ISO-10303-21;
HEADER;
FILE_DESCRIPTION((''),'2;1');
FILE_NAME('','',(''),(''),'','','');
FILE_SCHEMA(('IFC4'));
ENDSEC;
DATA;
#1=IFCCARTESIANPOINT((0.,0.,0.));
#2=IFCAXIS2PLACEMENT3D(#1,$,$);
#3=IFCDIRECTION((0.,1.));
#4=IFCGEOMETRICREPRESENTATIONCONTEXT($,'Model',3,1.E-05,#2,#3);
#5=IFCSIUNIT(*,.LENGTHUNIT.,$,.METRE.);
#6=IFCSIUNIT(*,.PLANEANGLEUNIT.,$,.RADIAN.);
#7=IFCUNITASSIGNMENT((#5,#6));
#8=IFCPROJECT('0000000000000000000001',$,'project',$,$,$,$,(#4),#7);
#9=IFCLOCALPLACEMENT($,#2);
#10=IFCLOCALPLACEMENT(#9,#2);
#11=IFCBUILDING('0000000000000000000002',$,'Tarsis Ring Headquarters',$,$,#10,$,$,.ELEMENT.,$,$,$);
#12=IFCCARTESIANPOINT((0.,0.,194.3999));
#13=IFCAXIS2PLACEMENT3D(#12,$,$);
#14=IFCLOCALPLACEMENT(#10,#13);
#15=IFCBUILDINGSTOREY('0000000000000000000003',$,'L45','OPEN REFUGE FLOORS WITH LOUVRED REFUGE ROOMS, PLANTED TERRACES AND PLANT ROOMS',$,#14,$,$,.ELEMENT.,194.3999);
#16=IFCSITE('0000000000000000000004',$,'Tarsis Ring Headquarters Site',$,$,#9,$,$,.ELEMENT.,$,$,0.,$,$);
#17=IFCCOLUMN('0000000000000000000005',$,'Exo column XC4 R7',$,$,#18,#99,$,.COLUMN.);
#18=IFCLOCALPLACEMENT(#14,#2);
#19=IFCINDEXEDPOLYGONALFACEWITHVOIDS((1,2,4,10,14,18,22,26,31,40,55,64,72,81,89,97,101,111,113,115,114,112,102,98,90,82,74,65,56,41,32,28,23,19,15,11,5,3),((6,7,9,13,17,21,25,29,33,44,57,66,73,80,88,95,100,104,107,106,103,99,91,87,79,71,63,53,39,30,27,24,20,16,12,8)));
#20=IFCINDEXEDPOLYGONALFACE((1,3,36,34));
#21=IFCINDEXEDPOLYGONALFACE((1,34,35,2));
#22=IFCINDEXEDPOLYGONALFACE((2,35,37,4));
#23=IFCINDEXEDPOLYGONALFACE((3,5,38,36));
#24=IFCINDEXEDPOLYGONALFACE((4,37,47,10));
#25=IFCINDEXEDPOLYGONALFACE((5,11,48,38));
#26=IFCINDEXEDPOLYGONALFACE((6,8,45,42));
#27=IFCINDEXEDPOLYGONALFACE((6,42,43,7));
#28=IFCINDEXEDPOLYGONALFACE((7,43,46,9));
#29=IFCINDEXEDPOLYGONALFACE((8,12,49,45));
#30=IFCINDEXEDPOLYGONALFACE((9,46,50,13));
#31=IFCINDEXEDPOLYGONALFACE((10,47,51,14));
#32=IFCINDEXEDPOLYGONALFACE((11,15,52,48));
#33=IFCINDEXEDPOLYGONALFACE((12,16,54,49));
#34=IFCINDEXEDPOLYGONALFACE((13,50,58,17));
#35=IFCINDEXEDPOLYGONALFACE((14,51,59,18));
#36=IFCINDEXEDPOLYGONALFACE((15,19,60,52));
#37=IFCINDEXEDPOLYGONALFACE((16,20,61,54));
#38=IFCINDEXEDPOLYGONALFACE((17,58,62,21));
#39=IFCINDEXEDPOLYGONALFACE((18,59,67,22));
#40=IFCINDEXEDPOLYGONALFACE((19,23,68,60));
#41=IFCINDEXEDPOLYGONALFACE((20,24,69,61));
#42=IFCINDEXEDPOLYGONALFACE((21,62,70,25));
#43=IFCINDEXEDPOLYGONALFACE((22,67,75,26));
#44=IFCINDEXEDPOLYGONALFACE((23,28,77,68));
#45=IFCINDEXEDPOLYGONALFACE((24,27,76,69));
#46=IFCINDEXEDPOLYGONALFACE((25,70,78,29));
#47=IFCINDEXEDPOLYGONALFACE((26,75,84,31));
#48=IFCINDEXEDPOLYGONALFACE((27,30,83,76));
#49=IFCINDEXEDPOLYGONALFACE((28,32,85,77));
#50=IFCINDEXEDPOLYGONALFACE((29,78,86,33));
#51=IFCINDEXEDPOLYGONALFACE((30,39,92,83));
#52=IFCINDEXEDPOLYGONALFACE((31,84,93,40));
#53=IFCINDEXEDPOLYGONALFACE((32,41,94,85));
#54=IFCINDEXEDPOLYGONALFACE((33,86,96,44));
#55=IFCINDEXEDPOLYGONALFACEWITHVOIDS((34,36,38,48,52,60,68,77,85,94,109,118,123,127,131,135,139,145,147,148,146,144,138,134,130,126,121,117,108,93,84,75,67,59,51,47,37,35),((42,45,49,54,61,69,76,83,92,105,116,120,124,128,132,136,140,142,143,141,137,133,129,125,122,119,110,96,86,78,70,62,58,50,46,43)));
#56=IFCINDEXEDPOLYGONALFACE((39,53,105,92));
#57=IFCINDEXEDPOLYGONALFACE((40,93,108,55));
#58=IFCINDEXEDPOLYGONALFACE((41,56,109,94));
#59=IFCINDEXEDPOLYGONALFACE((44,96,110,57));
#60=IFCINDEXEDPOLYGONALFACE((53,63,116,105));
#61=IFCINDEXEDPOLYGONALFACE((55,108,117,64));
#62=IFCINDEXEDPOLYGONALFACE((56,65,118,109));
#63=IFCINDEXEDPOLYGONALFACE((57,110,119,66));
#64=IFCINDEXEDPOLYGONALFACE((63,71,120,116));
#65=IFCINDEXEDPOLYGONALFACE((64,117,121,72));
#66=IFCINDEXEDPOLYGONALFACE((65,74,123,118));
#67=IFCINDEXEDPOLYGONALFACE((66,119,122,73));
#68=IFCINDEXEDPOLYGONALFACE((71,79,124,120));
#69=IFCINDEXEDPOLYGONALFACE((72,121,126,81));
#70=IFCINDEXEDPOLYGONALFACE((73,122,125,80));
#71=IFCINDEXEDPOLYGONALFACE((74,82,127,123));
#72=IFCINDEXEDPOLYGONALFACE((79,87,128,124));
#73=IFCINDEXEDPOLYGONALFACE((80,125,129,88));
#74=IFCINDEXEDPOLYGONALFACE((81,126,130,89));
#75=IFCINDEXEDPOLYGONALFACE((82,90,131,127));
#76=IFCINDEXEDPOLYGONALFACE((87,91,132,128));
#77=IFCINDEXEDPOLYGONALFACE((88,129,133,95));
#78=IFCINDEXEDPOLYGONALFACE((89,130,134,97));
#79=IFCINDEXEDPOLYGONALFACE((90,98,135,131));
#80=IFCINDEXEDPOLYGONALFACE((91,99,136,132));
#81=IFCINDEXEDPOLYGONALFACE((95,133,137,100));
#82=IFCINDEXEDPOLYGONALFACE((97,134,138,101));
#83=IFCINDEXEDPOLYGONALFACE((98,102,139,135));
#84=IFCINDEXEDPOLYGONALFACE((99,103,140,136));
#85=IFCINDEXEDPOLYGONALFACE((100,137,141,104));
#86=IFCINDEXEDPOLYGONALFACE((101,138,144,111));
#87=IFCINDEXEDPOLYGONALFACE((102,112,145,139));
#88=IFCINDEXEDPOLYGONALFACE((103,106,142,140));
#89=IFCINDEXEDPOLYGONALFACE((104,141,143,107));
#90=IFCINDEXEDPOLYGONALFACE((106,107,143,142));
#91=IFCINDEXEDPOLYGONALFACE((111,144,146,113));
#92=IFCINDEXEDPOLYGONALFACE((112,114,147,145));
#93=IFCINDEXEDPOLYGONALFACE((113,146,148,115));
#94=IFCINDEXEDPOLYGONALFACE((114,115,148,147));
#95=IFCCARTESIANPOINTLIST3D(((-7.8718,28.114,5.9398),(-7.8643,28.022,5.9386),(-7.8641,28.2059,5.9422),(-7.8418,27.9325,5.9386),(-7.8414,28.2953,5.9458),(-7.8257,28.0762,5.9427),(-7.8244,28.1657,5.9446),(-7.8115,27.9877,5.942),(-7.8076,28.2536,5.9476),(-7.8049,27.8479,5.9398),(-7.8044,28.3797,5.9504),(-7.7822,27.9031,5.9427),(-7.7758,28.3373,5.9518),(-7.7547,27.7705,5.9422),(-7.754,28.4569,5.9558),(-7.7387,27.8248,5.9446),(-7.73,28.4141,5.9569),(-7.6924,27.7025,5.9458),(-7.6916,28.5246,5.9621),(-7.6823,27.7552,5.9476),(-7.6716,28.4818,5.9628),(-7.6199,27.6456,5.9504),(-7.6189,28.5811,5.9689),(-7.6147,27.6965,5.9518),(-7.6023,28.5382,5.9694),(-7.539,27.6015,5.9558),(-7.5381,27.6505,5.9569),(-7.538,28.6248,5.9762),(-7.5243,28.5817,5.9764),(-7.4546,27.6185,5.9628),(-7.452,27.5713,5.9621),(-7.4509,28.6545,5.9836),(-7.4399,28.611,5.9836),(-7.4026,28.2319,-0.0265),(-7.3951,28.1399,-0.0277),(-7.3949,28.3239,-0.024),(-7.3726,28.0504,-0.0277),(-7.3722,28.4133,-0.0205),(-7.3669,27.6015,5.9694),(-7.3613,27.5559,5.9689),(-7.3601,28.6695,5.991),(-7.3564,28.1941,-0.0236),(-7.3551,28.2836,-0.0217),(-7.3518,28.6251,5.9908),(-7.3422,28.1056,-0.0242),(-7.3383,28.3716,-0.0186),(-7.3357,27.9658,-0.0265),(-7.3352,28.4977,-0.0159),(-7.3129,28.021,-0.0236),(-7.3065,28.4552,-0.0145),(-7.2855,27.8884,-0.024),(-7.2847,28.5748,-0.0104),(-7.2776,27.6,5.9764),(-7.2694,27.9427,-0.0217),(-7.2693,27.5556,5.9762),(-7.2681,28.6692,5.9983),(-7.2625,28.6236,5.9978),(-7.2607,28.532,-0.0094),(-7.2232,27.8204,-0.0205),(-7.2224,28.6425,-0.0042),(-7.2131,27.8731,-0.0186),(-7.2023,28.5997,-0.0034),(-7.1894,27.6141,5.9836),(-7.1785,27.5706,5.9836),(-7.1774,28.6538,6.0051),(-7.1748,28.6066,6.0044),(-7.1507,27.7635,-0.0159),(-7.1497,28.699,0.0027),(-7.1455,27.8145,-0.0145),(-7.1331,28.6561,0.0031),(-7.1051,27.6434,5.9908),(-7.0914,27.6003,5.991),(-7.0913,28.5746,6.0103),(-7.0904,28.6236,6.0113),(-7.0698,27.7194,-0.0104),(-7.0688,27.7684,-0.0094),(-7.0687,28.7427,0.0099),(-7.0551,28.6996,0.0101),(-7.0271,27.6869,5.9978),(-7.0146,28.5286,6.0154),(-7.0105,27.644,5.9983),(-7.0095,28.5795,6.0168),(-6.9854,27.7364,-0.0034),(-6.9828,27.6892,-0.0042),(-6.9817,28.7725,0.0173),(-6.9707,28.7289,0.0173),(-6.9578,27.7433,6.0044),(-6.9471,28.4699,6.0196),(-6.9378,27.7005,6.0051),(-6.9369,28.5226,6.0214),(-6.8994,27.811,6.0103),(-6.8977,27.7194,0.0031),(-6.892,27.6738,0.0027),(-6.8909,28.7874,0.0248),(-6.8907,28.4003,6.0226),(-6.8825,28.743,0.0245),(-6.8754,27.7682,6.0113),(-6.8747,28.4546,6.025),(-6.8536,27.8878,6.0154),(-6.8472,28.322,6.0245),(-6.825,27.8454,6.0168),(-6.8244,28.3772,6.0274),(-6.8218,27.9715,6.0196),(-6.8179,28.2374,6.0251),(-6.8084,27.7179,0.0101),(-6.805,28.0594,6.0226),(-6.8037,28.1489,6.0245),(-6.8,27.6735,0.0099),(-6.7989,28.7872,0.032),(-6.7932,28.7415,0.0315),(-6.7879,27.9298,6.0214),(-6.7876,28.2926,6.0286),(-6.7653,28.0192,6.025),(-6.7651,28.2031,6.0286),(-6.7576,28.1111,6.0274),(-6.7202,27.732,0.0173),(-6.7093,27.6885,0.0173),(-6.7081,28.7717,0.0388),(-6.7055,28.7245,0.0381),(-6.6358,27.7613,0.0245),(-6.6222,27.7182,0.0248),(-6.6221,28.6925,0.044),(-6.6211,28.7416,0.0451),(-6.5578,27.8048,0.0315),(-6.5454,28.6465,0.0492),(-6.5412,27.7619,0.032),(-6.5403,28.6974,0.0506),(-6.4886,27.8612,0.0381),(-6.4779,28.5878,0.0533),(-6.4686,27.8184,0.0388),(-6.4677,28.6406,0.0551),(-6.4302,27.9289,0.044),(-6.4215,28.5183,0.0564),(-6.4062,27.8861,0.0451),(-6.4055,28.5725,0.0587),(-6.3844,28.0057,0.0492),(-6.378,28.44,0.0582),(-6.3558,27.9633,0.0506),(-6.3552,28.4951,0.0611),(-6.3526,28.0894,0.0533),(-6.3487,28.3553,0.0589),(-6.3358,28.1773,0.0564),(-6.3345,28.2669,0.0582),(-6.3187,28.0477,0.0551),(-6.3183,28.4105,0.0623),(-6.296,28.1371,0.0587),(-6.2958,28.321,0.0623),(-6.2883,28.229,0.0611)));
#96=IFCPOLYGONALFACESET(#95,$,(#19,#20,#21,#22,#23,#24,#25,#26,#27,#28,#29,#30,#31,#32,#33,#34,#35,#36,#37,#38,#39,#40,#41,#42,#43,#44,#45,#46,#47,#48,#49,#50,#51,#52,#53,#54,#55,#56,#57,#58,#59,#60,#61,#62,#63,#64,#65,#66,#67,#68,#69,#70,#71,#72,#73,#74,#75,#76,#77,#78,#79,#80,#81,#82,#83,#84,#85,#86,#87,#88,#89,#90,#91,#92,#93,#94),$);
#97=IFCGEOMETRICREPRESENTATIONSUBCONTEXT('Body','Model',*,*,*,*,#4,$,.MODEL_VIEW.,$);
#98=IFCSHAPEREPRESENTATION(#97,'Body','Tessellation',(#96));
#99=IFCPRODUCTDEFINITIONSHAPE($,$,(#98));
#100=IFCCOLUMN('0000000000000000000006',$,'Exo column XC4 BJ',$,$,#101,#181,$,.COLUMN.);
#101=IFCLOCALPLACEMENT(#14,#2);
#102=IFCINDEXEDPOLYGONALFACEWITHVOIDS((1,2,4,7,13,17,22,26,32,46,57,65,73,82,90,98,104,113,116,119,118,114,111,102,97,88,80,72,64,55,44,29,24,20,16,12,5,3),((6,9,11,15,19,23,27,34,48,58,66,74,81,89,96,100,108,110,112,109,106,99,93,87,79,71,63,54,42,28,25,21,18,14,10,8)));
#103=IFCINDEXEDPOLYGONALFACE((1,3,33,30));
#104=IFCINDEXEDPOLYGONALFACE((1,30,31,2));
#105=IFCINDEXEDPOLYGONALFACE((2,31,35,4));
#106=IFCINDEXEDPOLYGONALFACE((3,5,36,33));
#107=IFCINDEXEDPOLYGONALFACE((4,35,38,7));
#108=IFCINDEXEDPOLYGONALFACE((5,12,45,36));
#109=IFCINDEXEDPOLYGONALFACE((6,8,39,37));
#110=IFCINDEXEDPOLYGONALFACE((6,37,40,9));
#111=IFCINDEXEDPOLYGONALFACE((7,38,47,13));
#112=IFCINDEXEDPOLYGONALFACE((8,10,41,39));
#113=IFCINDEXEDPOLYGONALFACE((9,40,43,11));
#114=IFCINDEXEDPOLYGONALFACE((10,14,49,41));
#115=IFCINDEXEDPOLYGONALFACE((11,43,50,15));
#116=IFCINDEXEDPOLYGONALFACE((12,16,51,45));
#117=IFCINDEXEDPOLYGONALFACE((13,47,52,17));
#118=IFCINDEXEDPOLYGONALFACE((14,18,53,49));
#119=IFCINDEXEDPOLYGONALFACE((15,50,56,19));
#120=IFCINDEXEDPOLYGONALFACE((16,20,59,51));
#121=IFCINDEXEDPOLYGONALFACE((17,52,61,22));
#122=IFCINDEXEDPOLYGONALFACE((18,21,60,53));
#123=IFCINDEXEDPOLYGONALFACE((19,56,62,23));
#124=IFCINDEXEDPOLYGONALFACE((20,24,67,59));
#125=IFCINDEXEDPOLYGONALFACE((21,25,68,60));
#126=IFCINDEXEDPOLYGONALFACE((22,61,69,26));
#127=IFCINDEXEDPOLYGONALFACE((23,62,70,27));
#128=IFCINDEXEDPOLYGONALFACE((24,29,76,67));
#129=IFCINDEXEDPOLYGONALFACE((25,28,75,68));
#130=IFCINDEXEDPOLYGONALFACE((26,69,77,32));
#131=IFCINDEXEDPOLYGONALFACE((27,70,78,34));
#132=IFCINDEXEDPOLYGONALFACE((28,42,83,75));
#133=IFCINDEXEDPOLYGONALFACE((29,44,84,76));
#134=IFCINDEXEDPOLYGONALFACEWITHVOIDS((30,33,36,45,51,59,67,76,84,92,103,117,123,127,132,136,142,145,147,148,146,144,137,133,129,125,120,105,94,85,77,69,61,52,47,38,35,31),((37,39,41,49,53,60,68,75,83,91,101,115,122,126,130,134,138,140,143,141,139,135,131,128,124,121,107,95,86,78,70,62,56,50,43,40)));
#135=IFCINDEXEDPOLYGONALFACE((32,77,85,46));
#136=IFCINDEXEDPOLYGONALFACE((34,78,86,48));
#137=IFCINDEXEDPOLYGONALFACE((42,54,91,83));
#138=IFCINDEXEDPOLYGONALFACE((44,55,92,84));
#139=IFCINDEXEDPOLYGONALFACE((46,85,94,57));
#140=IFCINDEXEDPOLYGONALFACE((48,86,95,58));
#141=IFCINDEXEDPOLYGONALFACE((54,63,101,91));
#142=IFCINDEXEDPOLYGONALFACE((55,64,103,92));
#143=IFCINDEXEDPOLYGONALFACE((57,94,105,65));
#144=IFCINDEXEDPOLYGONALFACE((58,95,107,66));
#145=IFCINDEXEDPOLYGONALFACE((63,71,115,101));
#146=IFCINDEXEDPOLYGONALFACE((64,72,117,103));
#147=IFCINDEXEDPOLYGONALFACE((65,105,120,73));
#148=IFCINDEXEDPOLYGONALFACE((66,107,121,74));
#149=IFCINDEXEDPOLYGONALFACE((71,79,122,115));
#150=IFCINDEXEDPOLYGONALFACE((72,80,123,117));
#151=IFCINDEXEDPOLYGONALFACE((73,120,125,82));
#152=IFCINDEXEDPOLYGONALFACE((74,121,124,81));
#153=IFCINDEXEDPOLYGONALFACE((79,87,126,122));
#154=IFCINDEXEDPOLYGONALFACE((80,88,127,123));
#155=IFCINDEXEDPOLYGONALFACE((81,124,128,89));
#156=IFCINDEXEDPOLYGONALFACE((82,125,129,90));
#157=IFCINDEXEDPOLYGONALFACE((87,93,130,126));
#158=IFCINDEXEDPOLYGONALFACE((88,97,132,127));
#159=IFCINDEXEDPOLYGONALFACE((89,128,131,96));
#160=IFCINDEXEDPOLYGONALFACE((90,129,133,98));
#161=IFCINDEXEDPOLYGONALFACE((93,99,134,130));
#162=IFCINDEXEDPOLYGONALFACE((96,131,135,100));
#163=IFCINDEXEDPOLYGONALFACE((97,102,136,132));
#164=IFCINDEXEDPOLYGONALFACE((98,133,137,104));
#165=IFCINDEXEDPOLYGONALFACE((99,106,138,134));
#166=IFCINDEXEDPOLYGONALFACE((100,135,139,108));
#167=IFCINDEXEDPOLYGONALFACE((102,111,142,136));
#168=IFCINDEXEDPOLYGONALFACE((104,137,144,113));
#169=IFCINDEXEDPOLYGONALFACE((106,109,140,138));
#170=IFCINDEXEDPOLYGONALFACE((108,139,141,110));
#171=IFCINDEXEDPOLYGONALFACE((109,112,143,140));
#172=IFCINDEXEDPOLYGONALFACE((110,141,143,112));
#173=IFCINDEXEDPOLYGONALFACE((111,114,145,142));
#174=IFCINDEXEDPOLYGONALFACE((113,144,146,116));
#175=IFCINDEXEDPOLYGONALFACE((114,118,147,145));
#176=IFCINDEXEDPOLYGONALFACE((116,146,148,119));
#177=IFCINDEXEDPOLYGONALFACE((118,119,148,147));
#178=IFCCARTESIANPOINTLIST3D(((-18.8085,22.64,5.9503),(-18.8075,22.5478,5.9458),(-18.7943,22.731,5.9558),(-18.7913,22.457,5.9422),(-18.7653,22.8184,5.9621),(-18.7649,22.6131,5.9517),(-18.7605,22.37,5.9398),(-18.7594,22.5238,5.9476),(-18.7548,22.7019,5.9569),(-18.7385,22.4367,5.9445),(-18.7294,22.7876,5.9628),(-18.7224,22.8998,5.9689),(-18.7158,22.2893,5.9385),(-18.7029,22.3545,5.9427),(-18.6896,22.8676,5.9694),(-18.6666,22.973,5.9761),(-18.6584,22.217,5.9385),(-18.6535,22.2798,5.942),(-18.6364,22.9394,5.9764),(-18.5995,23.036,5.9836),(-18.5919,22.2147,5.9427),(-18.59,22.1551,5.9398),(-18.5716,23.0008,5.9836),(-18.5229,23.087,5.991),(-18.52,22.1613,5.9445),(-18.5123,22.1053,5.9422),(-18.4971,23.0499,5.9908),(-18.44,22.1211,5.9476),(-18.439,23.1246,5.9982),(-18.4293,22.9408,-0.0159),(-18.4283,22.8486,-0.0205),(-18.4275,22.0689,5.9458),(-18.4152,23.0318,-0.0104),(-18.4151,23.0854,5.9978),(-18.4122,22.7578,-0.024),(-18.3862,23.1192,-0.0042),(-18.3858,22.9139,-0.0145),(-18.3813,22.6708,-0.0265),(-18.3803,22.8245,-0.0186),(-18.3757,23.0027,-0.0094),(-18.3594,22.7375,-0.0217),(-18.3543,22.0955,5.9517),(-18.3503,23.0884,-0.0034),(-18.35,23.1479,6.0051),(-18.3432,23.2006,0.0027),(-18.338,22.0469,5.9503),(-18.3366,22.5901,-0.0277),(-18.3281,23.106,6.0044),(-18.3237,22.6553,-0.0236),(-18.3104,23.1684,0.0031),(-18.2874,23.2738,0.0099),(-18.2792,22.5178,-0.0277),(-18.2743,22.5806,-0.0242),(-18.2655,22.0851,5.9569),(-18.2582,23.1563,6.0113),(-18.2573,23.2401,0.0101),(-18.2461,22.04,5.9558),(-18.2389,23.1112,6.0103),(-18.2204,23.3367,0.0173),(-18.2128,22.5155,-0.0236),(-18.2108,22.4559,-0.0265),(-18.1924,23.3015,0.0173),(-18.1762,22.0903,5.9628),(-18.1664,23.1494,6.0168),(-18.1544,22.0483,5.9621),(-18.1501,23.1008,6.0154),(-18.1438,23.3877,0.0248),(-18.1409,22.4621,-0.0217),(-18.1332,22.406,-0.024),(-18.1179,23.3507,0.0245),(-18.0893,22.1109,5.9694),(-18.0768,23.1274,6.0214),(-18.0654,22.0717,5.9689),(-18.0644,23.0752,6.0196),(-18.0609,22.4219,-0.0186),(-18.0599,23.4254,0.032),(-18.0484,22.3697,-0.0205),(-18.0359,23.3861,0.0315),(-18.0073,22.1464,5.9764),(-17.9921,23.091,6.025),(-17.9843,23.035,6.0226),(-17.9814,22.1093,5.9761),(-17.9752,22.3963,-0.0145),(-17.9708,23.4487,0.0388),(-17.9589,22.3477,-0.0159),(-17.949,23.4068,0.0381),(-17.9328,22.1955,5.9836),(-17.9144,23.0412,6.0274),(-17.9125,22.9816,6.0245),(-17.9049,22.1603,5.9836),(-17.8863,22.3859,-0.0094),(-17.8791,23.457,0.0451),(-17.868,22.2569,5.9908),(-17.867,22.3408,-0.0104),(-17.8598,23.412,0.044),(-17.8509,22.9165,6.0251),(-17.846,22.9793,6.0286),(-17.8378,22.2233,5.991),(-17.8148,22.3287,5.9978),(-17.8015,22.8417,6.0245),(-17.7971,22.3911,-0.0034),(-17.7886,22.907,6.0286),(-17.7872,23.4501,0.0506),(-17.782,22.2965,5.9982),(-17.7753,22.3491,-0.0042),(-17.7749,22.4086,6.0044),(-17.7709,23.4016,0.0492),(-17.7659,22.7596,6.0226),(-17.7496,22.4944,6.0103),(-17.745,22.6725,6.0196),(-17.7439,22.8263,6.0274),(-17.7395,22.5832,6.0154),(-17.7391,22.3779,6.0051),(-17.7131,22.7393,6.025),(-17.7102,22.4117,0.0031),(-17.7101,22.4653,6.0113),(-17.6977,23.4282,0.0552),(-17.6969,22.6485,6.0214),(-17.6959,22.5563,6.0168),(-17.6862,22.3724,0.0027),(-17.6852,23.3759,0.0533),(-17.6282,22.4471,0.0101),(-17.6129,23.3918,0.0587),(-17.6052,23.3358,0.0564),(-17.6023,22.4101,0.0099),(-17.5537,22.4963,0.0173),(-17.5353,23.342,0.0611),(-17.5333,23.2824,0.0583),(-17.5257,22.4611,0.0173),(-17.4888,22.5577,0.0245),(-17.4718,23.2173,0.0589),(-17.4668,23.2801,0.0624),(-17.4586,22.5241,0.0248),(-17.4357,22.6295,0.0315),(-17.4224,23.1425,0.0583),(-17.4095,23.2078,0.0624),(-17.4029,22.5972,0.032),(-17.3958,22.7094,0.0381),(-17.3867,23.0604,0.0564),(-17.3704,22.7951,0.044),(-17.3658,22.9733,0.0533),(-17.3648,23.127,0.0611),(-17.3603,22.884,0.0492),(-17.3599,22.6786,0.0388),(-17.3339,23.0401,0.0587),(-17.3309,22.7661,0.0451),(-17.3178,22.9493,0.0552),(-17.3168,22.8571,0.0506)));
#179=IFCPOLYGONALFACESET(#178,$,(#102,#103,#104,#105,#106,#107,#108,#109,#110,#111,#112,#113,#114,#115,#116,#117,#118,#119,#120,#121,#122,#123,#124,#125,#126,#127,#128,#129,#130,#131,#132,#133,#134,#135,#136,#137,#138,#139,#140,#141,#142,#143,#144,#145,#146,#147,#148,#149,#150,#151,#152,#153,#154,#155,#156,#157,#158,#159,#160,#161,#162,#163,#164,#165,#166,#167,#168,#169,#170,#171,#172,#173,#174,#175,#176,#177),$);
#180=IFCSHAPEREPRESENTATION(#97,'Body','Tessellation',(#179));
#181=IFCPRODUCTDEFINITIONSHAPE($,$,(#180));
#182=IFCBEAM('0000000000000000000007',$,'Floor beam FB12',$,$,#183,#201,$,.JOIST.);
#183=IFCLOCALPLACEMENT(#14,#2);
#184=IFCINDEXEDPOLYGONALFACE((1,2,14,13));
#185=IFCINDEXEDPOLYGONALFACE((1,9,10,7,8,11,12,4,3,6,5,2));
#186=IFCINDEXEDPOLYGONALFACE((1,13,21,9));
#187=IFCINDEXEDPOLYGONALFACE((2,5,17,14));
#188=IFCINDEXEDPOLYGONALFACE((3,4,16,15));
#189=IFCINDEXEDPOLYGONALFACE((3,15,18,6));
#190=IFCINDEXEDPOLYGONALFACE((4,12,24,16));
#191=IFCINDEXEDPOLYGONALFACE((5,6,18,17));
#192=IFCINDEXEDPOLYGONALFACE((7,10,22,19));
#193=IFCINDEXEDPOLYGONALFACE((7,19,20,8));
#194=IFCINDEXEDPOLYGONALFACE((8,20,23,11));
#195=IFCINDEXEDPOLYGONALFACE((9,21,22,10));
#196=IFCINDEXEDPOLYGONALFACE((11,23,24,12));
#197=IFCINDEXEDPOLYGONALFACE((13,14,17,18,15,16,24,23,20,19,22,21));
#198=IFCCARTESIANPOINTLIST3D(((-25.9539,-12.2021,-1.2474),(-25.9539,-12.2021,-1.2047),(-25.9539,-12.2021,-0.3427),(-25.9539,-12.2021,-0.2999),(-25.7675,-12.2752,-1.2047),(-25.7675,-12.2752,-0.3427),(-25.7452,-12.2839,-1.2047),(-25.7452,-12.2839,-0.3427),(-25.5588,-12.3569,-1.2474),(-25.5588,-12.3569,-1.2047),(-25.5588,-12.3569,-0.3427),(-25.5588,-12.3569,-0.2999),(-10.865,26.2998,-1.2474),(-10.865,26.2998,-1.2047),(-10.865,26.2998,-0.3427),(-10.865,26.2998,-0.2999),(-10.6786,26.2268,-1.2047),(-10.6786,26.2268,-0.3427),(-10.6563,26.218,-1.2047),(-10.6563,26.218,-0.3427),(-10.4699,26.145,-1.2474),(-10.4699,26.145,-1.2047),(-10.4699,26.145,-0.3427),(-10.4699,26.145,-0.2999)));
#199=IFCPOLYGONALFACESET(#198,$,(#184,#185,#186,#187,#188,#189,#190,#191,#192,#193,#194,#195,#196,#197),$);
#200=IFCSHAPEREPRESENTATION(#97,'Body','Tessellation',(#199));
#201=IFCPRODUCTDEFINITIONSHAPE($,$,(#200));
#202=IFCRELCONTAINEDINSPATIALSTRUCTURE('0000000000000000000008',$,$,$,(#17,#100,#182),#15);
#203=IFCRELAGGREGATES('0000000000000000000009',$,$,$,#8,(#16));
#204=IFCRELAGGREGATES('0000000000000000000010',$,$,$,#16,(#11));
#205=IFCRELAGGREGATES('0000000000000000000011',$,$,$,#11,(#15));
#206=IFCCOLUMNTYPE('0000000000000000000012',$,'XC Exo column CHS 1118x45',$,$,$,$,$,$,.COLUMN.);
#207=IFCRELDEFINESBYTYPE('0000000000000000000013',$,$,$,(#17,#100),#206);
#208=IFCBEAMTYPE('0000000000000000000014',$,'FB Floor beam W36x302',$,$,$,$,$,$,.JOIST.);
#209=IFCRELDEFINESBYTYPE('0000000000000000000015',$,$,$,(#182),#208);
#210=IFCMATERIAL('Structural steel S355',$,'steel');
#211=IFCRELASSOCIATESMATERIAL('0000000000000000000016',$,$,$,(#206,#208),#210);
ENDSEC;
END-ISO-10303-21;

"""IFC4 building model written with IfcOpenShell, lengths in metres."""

from ifc_helpers import new_model, si_unit, direction, frame, origin, origin_2d, place, context, subcontext, project, spatial, hollow_circle, i_section, extrude, material, material_profile, profile_set, type_object, element, save


model = new_model("IFC4")

# Units and contexts
model_context = context("Model", 3, precision=1e-05, world=origin(), true_north=direction((0.0, 1.0)))
body_context = subcontext(model_context, "Body", "Model", "MODEL_VIEW")
ifc_project = project(units=[si_unit("LENGTHUNIT", "METRE"), si_unit("PLANEANGLEUNIT", "RADIAN")], contexts=[model_context])

# Site, building, storey
site_placement = place(None, origin())
site = spatial("IfcSite", under=ifc_project, at=site_placement, Name="Tarsis Ring Headquarters Site", CompositionType="ELEMENT", RefElevation=0.0)
building_placement = place(site_placement, origin())
building = spatial("IfcBuilding", under=site, at=building_placement, Name="Tarsis Ring Headquarters", CompositionType="ELEMENT")
storey_placement = place(building_placement, frame((0.0, 0.0, 194.3999)))
storey = spatial("IfcBuildingStorey", under=building, at=storey_placement, Name="L45", Description="OPEN REFUGE FLOORS WITH LOUVRED REFUGE ROOMS, PLANTED TERRACES AND PLANT ROOMS", CompositionType="ELEMENT", Elevation=194.3999)

# Columns
ifc_material_1 = material(Name="Structural steel S355", Category="steel")
ifc_material_profile_1 = material_profile(ifc_material_1, hollow_circle(Radius=0.5588, WallThickness=0.0449, at=origin_2d()), Name="CHS 1118x45")
ifc_profile_set_1 = profile_set([ifc_material_profile_1], Name="Structural steel S355")
column_type = type_object("IfcColumnType", Name="XC Exo column CHS 1118x45", PredefinedType="COLUMN", material=ifc_profile_set_1)
for number, where, z_axis, x_axis, name in (
    (1, (-6.8455, 28.2305, 0.0173), (-0.078391, -0.0197, 0.996728), (0.243723, -0.969845, 0.0), "Exo column XC4 R7"),
    (2, (-17.873, 22.8989, 0.0173), (-0.063341, -0.050248, 0.996726), (0.621491, -0.783421, 0.0), "Exo column XC4 BJ"),
):
    element("IfcColumn", number, at=place(storey_placement, frame(where, z_axis=z_axis, x_axis=x_axis)), inside=storey, type_object=column_type, Name=name, PredefinedType="COLUMN", context=body_context, shape_type="SweptSolid", body=[
        extrude(hollow_circle(Radius=0.5588, WallThickness=0.0449, at=origin_2d()), origin(), (0.0, 0.0, 1.0), 5.9858),
    ])

# Beam
ifc_material_profile_2 = material_profile(ifc_material_1, i_section(OverallWidth=0.4243, OverallDepth=0.9475, WebThickness=0.0239, FlangeThickness=0.0427, at=origin_2d()), Name="W36x302")
ifc_profile_set_2 = profile_set([ifc_material_profile_2], Name="Structural steel S355")
beam_type_1 = type_object("IfcBeamType", Name="FB Floor beam W36x302", PredefinedType="JOIST", material=ifc_profile_set_2)
beam_1_placement = place(storey_placement, frame((-10.6675, 26.2224, -0.7737), z_axis=(-0.364879, -0.931055, 0.0), x_axis=(0.931055, -0.364879, 0.0)))
element("IfcBeam", 3, at=beam_1_placement, inside=storey, type_object=beam_type_1, Name="Floor beam FB12", PredefinedType="JOIST", context=body_context, shape_type="SweptSolid", body=[
    extrude(i_section(OverallWidth=0.4243, OverallDepth=0.9475, WebThickness=0.0239, FlangeThickness=0.0427, at=origin_2d()), origin(), (0.0, 0.0, 1.0), 41.353),
])

save(model, "model.ifc")
